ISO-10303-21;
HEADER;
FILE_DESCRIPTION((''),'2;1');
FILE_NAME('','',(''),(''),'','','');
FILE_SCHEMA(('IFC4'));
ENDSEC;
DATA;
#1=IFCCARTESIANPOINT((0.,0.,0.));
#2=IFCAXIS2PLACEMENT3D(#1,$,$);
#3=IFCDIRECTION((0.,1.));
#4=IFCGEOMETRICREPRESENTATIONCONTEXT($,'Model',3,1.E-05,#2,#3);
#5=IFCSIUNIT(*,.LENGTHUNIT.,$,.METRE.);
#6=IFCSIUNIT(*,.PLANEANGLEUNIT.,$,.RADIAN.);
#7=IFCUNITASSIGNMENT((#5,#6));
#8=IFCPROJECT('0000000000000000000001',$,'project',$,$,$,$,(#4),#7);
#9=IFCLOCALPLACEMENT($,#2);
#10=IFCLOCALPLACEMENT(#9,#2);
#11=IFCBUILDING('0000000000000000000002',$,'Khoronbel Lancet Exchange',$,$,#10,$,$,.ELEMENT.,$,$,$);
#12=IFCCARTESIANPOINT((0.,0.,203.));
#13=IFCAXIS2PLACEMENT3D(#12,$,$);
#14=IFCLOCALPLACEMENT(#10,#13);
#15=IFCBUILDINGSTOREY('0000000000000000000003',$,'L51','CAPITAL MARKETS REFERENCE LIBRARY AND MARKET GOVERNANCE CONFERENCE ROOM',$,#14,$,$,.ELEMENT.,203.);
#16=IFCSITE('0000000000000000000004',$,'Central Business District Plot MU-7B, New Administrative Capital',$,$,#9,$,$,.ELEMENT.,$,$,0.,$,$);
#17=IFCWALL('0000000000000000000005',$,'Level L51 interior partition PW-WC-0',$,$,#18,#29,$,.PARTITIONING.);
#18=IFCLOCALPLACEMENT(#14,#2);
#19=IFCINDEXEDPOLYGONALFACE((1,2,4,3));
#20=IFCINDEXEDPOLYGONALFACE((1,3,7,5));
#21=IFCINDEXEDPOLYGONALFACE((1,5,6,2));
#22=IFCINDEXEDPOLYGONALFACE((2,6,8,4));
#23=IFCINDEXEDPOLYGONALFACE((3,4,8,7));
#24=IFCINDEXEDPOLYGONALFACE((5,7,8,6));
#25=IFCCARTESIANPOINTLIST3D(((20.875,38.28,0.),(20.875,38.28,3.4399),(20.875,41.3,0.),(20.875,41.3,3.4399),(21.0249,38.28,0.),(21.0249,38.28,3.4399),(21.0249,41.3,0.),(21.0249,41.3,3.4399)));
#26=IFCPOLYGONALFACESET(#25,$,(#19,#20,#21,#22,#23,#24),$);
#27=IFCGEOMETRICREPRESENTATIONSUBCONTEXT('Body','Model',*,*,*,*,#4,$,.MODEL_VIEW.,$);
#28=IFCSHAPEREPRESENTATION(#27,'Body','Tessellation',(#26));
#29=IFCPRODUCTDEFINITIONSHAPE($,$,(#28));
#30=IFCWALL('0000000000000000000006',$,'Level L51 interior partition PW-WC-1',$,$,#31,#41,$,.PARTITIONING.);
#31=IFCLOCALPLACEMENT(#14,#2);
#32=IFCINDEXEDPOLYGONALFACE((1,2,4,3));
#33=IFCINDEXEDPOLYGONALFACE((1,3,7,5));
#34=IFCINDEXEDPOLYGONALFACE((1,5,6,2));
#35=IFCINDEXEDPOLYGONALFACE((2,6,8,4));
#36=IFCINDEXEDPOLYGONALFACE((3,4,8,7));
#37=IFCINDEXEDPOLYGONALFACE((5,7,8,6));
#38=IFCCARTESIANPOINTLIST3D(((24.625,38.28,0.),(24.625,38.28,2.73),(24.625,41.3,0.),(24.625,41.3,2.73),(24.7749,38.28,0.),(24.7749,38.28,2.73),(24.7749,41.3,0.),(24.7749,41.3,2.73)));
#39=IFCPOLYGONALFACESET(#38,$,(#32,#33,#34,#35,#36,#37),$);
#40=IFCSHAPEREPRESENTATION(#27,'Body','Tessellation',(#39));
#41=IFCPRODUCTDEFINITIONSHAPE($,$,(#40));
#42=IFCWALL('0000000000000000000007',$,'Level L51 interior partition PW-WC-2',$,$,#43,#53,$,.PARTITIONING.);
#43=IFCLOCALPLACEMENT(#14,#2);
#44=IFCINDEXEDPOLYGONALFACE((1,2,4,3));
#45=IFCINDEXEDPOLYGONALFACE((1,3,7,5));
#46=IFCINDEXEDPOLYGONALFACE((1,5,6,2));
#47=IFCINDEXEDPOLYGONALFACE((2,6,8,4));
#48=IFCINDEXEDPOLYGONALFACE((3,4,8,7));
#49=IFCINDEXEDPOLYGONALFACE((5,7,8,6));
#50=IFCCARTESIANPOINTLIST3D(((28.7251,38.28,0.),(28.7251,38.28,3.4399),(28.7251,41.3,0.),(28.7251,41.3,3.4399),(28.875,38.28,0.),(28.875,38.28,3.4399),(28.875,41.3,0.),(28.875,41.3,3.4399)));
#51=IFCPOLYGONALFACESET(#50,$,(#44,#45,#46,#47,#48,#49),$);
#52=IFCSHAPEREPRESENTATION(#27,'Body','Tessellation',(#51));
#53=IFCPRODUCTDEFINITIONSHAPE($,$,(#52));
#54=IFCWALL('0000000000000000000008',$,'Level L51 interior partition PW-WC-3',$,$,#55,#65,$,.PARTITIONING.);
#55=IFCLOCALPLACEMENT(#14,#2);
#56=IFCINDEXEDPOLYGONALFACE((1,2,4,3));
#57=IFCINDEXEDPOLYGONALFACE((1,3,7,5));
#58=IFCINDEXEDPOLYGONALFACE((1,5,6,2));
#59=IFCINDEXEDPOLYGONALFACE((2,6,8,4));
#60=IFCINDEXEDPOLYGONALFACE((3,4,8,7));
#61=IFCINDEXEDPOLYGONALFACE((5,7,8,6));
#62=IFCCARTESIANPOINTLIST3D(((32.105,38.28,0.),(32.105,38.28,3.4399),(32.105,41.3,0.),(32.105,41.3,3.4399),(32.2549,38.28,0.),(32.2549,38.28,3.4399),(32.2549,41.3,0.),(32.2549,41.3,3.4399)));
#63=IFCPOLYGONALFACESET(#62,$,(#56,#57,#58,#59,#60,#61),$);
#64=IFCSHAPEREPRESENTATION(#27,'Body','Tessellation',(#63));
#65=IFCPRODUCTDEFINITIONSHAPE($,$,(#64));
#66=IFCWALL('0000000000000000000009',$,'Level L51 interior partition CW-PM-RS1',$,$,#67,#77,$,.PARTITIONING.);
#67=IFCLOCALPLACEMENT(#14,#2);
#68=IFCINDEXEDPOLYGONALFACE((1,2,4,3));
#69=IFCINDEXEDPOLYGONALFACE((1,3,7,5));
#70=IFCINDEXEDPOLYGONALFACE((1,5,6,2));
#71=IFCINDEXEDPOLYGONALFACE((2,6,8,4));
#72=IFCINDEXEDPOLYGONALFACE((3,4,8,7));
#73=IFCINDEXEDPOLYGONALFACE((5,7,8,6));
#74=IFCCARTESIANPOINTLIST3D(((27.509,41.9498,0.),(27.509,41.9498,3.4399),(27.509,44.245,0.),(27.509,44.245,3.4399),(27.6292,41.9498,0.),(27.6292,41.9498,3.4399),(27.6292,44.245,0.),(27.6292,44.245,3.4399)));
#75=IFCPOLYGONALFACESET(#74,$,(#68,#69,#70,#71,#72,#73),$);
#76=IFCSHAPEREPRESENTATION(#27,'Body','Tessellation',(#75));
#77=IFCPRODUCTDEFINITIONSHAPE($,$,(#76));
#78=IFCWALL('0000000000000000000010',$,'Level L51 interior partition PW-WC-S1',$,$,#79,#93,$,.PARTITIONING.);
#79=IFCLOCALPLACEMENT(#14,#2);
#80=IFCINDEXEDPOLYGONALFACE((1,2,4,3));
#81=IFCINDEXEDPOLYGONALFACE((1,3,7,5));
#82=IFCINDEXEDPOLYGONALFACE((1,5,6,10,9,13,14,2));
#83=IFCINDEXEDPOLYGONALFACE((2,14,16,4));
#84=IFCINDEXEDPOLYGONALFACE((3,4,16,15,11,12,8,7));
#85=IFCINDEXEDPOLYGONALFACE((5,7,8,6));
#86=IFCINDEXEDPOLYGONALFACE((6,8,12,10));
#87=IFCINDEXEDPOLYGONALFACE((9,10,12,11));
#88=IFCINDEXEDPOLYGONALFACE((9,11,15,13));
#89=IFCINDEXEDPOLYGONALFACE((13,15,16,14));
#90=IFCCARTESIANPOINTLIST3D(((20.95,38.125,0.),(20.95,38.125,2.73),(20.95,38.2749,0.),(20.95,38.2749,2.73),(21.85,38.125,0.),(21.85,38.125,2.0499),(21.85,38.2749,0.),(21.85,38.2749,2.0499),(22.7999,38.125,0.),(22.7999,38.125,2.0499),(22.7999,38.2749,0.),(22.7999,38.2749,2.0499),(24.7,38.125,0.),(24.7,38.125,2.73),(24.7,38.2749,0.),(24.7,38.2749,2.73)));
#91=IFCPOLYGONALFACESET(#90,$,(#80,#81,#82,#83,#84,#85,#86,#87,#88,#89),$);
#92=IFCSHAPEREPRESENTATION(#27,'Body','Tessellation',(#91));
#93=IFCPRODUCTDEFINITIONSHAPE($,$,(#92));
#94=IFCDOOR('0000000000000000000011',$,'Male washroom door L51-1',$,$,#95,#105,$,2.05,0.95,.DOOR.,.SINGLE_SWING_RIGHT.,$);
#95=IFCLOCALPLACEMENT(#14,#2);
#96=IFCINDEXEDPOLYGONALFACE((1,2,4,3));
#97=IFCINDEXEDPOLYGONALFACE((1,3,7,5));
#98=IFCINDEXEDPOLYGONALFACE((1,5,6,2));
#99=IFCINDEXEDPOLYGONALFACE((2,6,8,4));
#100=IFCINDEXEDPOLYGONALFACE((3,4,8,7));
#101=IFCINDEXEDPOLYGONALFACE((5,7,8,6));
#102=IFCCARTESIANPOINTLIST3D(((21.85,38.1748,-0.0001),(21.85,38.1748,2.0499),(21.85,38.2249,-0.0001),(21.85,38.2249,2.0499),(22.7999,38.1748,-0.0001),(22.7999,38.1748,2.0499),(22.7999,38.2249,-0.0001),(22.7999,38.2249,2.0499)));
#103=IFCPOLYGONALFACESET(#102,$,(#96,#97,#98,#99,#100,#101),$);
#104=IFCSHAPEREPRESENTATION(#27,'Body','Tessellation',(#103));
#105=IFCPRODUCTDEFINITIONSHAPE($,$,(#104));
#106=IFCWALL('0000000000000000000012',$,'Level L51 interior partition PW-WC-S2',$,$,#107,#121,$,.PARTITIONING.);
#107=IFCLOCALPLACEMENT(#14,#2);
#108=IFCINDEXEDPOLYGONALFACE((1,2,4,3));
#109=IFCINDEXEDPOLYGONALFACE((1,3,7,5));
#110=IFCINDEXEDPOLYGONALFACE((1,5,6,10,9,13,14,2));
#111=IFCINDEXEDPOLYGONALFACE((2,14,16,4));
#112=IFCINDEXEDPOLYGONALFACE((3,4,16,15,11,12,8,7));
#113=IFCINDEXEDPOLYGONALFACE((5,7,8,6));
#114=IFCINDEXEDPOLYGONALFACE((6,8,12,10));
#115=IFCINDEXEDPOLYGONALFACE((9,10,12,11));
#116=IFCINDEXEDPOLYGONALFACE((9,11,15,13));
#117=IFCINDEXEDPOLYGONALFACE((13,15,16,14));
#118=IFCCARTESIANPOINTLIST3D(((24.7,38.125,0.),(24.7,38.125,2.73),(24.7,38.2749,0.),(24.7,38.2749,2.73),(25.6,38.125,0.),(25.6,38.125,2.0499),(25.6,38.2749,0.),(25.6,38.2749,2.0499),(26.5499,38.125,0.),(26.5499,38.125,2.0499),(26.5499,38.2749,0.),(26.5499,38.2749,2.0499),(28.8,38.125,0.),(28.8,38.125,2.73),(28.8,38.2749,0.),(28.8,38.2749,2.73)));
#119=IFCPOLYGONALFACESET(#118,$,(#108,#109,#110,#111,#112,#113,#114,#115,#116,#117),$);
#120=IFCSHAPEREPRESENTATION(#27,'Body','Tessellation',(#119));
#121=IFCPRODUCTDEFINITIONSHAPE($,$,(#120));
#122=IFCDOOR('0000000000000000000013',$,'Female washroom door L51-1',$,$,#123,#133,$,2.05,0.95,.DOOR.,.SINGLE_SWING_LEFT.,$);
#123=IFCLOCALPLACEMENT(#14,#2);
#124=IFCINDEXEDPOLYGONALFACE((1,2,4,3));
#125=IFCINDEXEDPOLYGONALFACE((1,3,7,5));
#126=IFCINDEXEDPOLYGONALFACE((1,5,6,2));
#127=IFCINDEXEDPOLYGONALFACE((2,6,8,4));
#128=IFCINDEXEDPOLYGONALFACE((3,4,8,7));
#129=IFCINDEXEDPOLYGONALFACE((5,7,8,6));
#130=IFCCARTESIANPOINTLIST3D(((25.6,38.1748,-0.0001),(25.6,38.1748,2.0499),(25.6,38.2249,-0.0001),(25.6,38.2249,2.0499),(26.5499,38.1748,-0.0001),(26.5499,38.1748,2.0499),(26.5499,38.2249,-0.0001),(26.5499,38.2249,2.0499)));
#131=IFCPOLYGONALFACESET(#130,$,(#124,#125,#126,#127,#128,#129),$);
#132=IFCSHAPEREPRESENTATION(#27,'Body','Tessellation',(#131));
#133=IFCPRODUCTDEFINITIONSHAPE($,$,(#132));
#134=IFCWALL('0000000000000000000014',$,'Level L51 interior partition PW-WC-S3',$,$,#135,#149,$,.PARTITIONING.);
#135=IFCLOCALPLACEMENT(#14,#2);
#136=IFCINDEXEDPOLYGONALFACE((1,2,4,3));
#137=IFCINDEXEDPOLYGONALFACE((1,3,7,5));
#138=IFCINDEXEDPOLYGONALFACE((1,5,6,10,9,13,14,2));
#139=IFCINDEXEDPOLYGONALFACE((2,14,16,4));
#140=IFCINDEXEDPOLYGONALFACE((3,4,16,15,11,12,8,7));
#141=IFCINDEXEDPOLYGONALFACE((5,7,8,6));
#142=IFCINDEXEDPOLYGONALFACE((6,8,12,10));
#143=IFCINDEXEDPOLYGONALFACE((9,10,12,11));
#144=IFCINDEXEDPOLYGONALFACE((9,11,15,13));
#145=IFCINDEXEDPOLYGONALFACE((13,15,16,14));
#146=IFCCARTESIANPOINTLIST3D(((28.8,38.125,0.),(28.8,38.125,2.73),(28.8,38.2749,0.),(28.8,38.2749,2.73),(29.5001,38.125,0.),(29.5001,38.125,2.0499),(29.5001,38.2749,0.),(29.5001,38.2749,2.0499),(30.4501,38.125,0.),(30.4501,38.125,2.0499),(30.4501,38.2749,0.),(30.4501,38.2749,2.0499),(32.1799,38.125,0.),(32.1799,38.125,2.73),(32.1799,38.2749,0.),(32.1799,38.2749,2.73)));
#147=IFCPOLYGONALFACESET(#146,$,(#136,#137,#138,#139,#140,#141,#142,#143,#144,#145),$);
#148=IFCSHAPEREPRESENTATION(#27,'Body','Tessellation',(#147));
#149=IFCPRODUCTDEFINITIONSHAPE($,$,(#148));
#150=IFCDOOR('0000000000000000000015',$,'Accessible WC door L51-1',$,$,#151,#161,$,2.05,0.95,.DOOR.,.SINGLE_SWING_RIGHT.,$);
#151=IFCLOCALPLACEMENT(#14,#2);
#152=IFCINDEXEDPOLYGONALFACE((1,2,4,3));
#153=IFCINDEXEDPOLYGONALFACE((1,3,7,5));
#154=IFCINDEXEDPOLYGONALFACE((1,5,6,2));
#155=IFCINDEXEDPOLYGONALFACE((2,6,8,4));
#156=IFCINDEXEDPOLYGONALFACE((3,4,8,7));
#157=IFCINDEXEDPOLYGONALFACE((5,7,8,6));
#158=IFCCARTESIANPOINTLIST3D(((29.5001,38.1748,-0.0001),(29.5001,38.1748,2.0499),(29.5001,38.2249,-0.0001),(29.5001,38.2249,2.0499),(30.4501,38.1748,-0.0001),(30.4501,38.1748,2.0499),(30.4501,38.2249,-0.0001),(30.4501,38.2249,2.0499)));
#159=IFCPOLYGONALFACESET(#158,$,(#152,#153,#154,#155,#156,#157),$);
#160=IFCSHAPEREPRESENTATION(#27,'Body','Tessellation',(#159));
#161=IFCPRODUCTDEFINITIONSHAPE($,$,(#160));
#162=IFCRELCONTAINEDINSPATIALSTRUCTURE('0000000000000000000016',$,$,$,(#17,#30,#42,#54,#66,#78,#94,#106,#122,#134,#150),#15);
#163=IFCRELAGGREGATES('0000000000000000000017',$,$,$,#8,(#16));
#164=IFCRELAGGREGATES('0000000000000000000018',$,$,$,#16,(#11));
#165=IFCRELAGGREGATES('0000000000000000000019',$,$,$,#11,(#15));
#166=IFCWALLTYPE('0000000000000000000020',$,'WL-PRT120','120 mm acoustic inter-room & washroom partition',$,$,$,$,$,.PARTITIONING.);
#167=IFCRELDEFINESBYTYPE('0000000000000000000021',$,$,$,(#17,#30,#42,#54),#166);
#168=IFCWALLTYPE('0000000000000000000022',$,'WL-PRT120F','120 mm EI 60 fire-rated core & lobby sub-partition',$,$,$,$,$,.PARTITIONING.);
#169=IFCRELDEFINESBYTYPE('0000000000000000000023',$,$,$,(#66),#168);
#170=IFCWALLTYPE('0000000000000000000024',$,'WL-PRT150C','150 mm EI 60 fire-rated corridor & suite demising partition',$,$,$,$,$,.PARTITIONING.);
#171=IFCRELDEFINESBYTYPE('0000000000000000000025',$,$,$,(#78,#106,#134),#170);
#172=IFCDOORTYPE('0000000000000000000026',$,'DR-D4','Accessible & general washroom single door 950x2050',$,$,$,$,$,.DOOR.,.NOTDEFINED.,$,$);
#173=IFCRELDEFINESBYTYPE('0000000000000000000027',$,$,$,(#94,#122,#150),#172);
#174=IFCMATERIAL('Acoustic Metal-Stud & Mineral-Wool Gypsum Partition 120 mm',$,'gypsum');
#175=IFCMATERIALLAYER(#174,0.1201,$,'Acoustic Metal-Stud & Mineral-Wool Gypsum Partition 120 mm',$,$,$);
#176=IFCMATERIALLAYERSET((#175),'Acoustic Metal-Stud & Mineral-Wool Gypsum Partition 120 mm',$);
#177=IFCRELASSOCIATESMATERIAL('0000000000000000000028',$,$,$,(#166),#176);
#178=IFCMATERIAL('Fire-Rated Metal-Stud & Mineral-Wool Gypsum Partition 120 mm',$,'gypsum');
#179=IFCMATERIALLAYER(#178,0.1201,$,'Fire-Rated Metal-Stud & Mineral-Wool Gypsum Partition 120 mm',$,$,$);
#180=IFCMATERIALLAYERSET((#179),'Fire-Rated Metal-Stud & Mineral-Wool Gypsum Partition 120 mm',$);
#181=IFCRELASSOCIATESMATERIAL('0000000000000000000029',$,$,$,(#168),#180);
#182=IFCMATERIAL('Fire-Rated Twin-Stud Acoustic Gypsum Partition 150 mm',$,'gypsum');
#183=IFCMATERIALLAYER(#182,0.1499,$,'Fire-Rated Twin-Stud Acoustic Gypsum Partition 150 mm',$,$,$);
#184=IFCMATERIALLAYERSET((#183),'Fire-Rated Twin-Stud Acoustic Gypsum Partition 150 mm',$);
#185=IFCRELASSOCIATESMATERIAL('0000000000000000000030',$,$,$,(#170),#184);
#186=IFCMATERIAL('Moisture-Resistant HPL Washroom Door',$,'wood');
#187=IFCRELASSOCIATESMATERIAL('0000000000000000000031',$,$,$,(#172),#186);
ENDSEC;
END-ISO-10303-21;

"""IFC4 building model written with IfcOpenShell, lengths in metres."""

from ifc_helpers import new_model, si_unit, direction, frame, frame_2d, origin, place, context, subcontext, project, spatial, rectangle, extrude, material, layer, layer_set, type_object, element, fill, save


model = new_model("IFC4")

# Units and contexts
model_context = context("Model", 3, precision=1e-05, world=origin(), true_north=direction((0.0, 1.0)))
body_context = subcontext(model_context, "Body", "Model", "MODEL_VIEW")
ifc_project = project(units=[si_unit("LENGTHUNIT", "METRE"), si_unit("PLANEANGLEUNIT", "RADIAN")], contexts=[model_context])

# Site, building, storey
site_placement = place(None, origin())
site = spatial("IfcSite", under=ifc_project, at=site_placement, Name="Central Business District Plot MU-7B, New Administrative Capital", CompositionType="ELEMENT", RefElevation=0.0)
building_placement = place(site_placement, origin())
building = spatial("IfcBuilding", under=site, at=building_placement, Name="Khoronbel Lancet Exchange", CompositionType="ELEMENT")
storey_placement = place(building_placement, frame((0.0, 0.0, 203.0)))
storey = spatial("IfcBuildingStorey", under=building, at=storey_placement, Name="L51", Description="CAPITAL MARKETS REFERENCE LIBRARY AND MARKET GOVERNANCE CONFERENCE ROOM", CompositionType="ELEMENT", Elevation=203.0)

# Walls
ifc_material_1 = material(Name="Acoustic Metal-Stud & Mineral-Wool Gypsum Partition 120 mm", Category="gypsum")
ifc_layer_1 = layer(ifc_material_1, 0.1201, Name="Acoustic Metal-Stud & Mineral-Wool Gypsum Partition 120 mm")
ifc_layer_set_1 = layer_set([ifc_layer_1], Name="Acoustic Metal-Stud & Mineral-Wool Gypsum Partition 120 mm")
wall_type_1 = type_object("IfcWallType", Name="WL-PRT120", Description="120 mm acoustic inter-room & washroom partition", PredefinedType="PARTITIONING", material=ifc_layer_set_1)
wall_1_placement = place(storey_placement, frame((20.95, 38.28, 0.0), z_axis=(0.0, 0.0, 1.0), x_axis=(0.0, 1.0, 0.0)))
element("IfcWall", 1, at=wall_1_placement, inside=storey, type_object=wall_type_1, Name="Level L51 interior partition PW-WC-0", PredefinedType="PARTITIONING", context=body_context, shape_type="SweptSolid", body=[
    extrude(rectangle(XDim=3.02, YDim=0.1499, at=frame_2d((1.51, 0.0))), origin(), (0.0, 0.0, 1.0), 3.4399),
])
wall_2_placement = place(storey_placement, frame((24.7, 38.28, 0.0), z_axis=(0.0, 0.0, 1.0), x_axis=(0.0, 1.0, 0.0)))
element("IfcWall", 2, at=wall_2_placement, inside=storey, type_object=wall_type_1, Name="Level L51 interior partition PW-WC-1", PredefinedType="PARTITIONING", context=body_context, shape_type="SweptSolid", body=[
    extrude(rectangle(XDim=3.02, YDim=0.1499, at=frame_2d((1.51, 0.0))), origin(), (0.0, 0.0, 1.0), 2.73),
])
for number, where, z_axis, x_axis, name in (
    (3, (28.8, 38.28, 0.0), (0.0, 0.0, 1.0), (0.0, 1.0, 0.0), "Level L51 interior partition PW-WC-2"),
    (4, (32.1799, 38.28, 0.0), (0.0, 0.0, 1.0), (0.0, 1.0, 0.0), "Level L51 interior partition PW-WC-3"),
):
    element("IfcWall", number, at=place(storey_placement, frame(where, z_axis=z_axis, x_axis=x_axis)), inside=storey, type_object=wall_type_1, Name=name, PredefinedType="PARTITIONING", context=body_context, shape_type="SweptSolid", body=[
        extrude(rectangle(XDim=3.02, YDim=0.1499, at=frame_2d((1.51, 0.0))), origin(), (0.0, 0.0, 1.0), 3.4399),
    ])
ifc_material_2 = material(Name="Fire-Rated Metal-Stud & Mineral-Wool Gypsum Partition 120 mm", Category="gypsum")
ifc_layer_2 = layer(ifc_material_2, 0.1201, Name="Fire-Rated Metal-Stud & Mineral-Wool Gypsum Partition 120 mm")
ifc_layer_set_2 = layer_set([ifc_layer_2], Name="Fire-Rated Metal-Stud & Mineral-Wool Gypsum Partition 120 mm")
wall_type_2 = type_object("IfcWallType", Name="WL-PRT120F", Description="120 mm EI 60 fire-rated core & lobby sub-partition", PredefinedType="PARTITIONING", material=ifc_layer_set_2)
wall_3_placement = place(storey_placement, frame((27.5691, 41.95, 0.0), z_axis=(0.0, 0.0, 1.0), x_axis=(0.0, 1.0, 0.0)))
element("IfcWall", 5, at=wall_3_placement, inside=storey, type_object=wall_type_2, Name="Level L51 interior partition CW-PM-RS1", PredefinedType="PARTITIONING", context=body_context, shape_type="SweptSolid", body=[
    extrude(rectangle(XDim=2.2952, YDim=0.1201, at=frame_2d((1.1475, 0.0))), origin(), (0.0, 0.0, 1.0), 3.4399),
])

# Walls, openings, doors
ifc_material_3 = material(Name="Fire-Rated Twin-Stud Acoustic Gypsum Partition 150 mm", Category="gypsum")
ifc_layer_3 = layer(ifc_material_3, 0.1499, Name="Fire-Rated Twin-Stud Acoustic Gypsum Partition 150 mm")
ifc_layer_set_3 = layer_set([ifc_layer_3], Name="Fire-Rated Twin-Stud Acoustic Gypsum Partition 150 mm")
wall_type_3 = type_object("IfcWallType", Name="WL-PRT150C", Description="150 mm EI 60 fire-rated corridor & suite demising partition", PredefinedType="PARTITIONING", material=ifc_layer_set_3)
wall_4_placement = place(storey_placement, frame((20.95, 38.2, 0.0), z_axis=(0.0, 0.0, 1.0), x_axis=(1.0, 0.0, 0.0)))
wall_4 = element("IfcWall", 6, at=wall_4_placement, inside=storey, type_object=wall_type_3, Name="Level L51 interior partition PW-WC-S1", PredefinedType="PARTITIONING", context=body_context, shape_type="SweptSolid", body=[
    extrude(rectangle(XDim=3.75, YDim=0.1499, at=frame_2d((1.875, 0.0))), origin(), (0.0, 0.0, 1.0), 2.73),
])
opening_1_placement = place(wall_4_placement, frame((0.8999, 0.0, 0.0)))
opening_1 = element("IfcOpeningElement", 7, at=opening_1_placement, cuts=wall_4, PredefinedType="OPENING", context=body_context, shape_type="SweptSolid", body=[
    extrude(rectangle(XDim=0.95, YDim=2.05, at=frame_2d((0.4751, 1.0249))), frame((0.0, 0.085, 0.0), z_axis=(0.0, -1.0, 0.0), x_axis=(1.0, 0.0, 0.0)), (0.0, 0.0, 1.0), 0.1699),
])
ifc_material_4 = material(Name="Moisture-Resistant HPL Washroom Door", Category="wood")
door_type_1 = type_object("IfcDoorType", Name="DR-D4", Description="Accessible & general washroom single door 950x2050", OperationType="NOTDEFINED", PredefinedType="DOOR", material=ifc_material_4)
door_1_placement = place(opening_1_placement, origin())
door_1 = element("IfcDoor", 8, at=door_1_placement, inside=storey, type_object=door_type_1, Name="Male washroom door L51-1", OperationType="SINGLE_SWING_RIGHT", OverallHeight=2.05, OverallWidth=0.95, PredefinedType="DOOR", context=body_context, shape_type="SweptSolid", body=[
    extrude(rectangle(XDim=0.95, YDim=2.05, at=frame_2d((0.4751, 1.0249))), frame((0.0, 0.0249, 0.0), z_axis=(0.0, -1.0, 0.0), x_axis=(1.0, 0.0, 0.0)), (0.0, 0.0, 1.0), 0.05),
])
fill(opening_1, door_1)
wall_5_placement = place(storey_placement, frame((24.7, 38.2, 0.0), z_axis=(0.0, 0.0, 1.0), x_axis=(1.0, 0.0, 0.0)))
wall_5 = element("IfcWall", 9, at=wall_5_placement, inside=storey, type_object=wall_type_3, Name="Level L51 interior partition PW-WC-S2", PredefinedType="PARTITIONING", context=body_context, shape_type="SweptSolid", body=[
    extrude(rectangle(XDim=4.1001, YDim=0.1499, at=frame_2d((2.05, 0.0))), origin(), (0.0, 0.0, 1.0), 2.73),
])
opening_2_placement = place(wall_5_placement, frame((0.8999, 0.0, 0.0)))
opening_2 = element("IfcOpeningElement", 10, at=opening_2_placement, cuts=wall_5, PredefinedType="OPENING", context=body_context, shape_type="SweptSolid", body=[
    extrude(rectangle(XDim=0.95, YDim=2.05, at=frame_2d((0.4751, 1.0249))), frame((0.0, 0.085, 0.0), z_axis=(0.0, -1.0, 0.0), x_axis=(1.0, 0.0, 0.0)), (0.0, 0.0, 1.0), 0.1699),
])
door_2_placement = place(opening_2_placement, origin())
door_2 = element("IfcDoor", 11, at=door_2_placement, inside=storey, type_object=door_type_1, Name="Female washroom door L51-1", OperationType="SINGLE_SWING_LEFT", OverallHeight=2.05, OverallWidth=0.95, PredefinedType="DOOR", context=body_context, shape_type="SweptSolid", body=[
    extrude(rectangle(XDim=0.95, YDim=2.05, at=frame_2d((0.4751, 1.0249))), frame((0.0, 0.0249, 0.0), z_axis=(0.0, -1.0, 0.0), x_axis=(1.0, 0.0, 0.0)), (0.0, 0.0, 1.0), 0.05),
])
fill(opening_2, door_2)
wall_6_placement = place(storey_placement, frame((28.8, 38.2, 0.0), z_axis=(0.0, 0.0, 1.0), x_axis=(1.0, 0.0, 0.0)))
wall_6 = element("IfcWall", 12, at=wall_6_placement, inside=storey, type_object=wall_type_3, Name="Level L51 interior partition PW-WC-S3", PredefinedType="PARTITIONING", context=body_context, shape_type="SweptSolid", body=[
    extrude(rectangle(XDim=3.3799, YDim=0.1499, at=frame_2d((1.6899, 0.0))), origin(), (0.0, 0.0, 1.0), 2.73),
])
opening_3_placement = place(wall_6_placement, frame((0.7, 0.0, 0.0)))
opening_3 = element("IfcOpeningElement", 13, at=opening_3_placement, cuts=wall_6, PredefinedType="OPENING", context=body_context, shape_type="SweptSolid", body=[
    extrude(rectangle(XDim=0.95, YDim=2.05, at=frame_2d((0.4751, 1.0249))), frame((0.0, 0.085, 0.0), z_axis=(0.0, -1.0, 0.0), x_axis=(1.0, 0.0, 0.0)), (0.0, 0.0, 1.0), 0.1699),
])
door_3_placement = place(opening_3_placement, origin())
door_3 = element("IfcDoor", 14, at=door_3_placement, inside=storey, type_object=door_type_1, Name="Accessible WC door L51-1", OperationType="SINGLE_SWING_RIGHT", OverallHeight=2.05, OverallWidth=0.95, PredefinedType="DOOR", context=body_context, shape_type="SweptSolid", body=[
    extrude(rectangle(XDim=0.95, YDim=2.05, at=frame_2d((0.4751, 1.0249))), frame((0.0, 0.0249, 0.0), z_axis=(0.0, -1.0, 0.0), x_axis=(1.0, 0.0, 0.0)), (0.0, 0.0, 1.0), 0.05),
])
fill(opening_3, door_3)

save(model, "model.ifc")
